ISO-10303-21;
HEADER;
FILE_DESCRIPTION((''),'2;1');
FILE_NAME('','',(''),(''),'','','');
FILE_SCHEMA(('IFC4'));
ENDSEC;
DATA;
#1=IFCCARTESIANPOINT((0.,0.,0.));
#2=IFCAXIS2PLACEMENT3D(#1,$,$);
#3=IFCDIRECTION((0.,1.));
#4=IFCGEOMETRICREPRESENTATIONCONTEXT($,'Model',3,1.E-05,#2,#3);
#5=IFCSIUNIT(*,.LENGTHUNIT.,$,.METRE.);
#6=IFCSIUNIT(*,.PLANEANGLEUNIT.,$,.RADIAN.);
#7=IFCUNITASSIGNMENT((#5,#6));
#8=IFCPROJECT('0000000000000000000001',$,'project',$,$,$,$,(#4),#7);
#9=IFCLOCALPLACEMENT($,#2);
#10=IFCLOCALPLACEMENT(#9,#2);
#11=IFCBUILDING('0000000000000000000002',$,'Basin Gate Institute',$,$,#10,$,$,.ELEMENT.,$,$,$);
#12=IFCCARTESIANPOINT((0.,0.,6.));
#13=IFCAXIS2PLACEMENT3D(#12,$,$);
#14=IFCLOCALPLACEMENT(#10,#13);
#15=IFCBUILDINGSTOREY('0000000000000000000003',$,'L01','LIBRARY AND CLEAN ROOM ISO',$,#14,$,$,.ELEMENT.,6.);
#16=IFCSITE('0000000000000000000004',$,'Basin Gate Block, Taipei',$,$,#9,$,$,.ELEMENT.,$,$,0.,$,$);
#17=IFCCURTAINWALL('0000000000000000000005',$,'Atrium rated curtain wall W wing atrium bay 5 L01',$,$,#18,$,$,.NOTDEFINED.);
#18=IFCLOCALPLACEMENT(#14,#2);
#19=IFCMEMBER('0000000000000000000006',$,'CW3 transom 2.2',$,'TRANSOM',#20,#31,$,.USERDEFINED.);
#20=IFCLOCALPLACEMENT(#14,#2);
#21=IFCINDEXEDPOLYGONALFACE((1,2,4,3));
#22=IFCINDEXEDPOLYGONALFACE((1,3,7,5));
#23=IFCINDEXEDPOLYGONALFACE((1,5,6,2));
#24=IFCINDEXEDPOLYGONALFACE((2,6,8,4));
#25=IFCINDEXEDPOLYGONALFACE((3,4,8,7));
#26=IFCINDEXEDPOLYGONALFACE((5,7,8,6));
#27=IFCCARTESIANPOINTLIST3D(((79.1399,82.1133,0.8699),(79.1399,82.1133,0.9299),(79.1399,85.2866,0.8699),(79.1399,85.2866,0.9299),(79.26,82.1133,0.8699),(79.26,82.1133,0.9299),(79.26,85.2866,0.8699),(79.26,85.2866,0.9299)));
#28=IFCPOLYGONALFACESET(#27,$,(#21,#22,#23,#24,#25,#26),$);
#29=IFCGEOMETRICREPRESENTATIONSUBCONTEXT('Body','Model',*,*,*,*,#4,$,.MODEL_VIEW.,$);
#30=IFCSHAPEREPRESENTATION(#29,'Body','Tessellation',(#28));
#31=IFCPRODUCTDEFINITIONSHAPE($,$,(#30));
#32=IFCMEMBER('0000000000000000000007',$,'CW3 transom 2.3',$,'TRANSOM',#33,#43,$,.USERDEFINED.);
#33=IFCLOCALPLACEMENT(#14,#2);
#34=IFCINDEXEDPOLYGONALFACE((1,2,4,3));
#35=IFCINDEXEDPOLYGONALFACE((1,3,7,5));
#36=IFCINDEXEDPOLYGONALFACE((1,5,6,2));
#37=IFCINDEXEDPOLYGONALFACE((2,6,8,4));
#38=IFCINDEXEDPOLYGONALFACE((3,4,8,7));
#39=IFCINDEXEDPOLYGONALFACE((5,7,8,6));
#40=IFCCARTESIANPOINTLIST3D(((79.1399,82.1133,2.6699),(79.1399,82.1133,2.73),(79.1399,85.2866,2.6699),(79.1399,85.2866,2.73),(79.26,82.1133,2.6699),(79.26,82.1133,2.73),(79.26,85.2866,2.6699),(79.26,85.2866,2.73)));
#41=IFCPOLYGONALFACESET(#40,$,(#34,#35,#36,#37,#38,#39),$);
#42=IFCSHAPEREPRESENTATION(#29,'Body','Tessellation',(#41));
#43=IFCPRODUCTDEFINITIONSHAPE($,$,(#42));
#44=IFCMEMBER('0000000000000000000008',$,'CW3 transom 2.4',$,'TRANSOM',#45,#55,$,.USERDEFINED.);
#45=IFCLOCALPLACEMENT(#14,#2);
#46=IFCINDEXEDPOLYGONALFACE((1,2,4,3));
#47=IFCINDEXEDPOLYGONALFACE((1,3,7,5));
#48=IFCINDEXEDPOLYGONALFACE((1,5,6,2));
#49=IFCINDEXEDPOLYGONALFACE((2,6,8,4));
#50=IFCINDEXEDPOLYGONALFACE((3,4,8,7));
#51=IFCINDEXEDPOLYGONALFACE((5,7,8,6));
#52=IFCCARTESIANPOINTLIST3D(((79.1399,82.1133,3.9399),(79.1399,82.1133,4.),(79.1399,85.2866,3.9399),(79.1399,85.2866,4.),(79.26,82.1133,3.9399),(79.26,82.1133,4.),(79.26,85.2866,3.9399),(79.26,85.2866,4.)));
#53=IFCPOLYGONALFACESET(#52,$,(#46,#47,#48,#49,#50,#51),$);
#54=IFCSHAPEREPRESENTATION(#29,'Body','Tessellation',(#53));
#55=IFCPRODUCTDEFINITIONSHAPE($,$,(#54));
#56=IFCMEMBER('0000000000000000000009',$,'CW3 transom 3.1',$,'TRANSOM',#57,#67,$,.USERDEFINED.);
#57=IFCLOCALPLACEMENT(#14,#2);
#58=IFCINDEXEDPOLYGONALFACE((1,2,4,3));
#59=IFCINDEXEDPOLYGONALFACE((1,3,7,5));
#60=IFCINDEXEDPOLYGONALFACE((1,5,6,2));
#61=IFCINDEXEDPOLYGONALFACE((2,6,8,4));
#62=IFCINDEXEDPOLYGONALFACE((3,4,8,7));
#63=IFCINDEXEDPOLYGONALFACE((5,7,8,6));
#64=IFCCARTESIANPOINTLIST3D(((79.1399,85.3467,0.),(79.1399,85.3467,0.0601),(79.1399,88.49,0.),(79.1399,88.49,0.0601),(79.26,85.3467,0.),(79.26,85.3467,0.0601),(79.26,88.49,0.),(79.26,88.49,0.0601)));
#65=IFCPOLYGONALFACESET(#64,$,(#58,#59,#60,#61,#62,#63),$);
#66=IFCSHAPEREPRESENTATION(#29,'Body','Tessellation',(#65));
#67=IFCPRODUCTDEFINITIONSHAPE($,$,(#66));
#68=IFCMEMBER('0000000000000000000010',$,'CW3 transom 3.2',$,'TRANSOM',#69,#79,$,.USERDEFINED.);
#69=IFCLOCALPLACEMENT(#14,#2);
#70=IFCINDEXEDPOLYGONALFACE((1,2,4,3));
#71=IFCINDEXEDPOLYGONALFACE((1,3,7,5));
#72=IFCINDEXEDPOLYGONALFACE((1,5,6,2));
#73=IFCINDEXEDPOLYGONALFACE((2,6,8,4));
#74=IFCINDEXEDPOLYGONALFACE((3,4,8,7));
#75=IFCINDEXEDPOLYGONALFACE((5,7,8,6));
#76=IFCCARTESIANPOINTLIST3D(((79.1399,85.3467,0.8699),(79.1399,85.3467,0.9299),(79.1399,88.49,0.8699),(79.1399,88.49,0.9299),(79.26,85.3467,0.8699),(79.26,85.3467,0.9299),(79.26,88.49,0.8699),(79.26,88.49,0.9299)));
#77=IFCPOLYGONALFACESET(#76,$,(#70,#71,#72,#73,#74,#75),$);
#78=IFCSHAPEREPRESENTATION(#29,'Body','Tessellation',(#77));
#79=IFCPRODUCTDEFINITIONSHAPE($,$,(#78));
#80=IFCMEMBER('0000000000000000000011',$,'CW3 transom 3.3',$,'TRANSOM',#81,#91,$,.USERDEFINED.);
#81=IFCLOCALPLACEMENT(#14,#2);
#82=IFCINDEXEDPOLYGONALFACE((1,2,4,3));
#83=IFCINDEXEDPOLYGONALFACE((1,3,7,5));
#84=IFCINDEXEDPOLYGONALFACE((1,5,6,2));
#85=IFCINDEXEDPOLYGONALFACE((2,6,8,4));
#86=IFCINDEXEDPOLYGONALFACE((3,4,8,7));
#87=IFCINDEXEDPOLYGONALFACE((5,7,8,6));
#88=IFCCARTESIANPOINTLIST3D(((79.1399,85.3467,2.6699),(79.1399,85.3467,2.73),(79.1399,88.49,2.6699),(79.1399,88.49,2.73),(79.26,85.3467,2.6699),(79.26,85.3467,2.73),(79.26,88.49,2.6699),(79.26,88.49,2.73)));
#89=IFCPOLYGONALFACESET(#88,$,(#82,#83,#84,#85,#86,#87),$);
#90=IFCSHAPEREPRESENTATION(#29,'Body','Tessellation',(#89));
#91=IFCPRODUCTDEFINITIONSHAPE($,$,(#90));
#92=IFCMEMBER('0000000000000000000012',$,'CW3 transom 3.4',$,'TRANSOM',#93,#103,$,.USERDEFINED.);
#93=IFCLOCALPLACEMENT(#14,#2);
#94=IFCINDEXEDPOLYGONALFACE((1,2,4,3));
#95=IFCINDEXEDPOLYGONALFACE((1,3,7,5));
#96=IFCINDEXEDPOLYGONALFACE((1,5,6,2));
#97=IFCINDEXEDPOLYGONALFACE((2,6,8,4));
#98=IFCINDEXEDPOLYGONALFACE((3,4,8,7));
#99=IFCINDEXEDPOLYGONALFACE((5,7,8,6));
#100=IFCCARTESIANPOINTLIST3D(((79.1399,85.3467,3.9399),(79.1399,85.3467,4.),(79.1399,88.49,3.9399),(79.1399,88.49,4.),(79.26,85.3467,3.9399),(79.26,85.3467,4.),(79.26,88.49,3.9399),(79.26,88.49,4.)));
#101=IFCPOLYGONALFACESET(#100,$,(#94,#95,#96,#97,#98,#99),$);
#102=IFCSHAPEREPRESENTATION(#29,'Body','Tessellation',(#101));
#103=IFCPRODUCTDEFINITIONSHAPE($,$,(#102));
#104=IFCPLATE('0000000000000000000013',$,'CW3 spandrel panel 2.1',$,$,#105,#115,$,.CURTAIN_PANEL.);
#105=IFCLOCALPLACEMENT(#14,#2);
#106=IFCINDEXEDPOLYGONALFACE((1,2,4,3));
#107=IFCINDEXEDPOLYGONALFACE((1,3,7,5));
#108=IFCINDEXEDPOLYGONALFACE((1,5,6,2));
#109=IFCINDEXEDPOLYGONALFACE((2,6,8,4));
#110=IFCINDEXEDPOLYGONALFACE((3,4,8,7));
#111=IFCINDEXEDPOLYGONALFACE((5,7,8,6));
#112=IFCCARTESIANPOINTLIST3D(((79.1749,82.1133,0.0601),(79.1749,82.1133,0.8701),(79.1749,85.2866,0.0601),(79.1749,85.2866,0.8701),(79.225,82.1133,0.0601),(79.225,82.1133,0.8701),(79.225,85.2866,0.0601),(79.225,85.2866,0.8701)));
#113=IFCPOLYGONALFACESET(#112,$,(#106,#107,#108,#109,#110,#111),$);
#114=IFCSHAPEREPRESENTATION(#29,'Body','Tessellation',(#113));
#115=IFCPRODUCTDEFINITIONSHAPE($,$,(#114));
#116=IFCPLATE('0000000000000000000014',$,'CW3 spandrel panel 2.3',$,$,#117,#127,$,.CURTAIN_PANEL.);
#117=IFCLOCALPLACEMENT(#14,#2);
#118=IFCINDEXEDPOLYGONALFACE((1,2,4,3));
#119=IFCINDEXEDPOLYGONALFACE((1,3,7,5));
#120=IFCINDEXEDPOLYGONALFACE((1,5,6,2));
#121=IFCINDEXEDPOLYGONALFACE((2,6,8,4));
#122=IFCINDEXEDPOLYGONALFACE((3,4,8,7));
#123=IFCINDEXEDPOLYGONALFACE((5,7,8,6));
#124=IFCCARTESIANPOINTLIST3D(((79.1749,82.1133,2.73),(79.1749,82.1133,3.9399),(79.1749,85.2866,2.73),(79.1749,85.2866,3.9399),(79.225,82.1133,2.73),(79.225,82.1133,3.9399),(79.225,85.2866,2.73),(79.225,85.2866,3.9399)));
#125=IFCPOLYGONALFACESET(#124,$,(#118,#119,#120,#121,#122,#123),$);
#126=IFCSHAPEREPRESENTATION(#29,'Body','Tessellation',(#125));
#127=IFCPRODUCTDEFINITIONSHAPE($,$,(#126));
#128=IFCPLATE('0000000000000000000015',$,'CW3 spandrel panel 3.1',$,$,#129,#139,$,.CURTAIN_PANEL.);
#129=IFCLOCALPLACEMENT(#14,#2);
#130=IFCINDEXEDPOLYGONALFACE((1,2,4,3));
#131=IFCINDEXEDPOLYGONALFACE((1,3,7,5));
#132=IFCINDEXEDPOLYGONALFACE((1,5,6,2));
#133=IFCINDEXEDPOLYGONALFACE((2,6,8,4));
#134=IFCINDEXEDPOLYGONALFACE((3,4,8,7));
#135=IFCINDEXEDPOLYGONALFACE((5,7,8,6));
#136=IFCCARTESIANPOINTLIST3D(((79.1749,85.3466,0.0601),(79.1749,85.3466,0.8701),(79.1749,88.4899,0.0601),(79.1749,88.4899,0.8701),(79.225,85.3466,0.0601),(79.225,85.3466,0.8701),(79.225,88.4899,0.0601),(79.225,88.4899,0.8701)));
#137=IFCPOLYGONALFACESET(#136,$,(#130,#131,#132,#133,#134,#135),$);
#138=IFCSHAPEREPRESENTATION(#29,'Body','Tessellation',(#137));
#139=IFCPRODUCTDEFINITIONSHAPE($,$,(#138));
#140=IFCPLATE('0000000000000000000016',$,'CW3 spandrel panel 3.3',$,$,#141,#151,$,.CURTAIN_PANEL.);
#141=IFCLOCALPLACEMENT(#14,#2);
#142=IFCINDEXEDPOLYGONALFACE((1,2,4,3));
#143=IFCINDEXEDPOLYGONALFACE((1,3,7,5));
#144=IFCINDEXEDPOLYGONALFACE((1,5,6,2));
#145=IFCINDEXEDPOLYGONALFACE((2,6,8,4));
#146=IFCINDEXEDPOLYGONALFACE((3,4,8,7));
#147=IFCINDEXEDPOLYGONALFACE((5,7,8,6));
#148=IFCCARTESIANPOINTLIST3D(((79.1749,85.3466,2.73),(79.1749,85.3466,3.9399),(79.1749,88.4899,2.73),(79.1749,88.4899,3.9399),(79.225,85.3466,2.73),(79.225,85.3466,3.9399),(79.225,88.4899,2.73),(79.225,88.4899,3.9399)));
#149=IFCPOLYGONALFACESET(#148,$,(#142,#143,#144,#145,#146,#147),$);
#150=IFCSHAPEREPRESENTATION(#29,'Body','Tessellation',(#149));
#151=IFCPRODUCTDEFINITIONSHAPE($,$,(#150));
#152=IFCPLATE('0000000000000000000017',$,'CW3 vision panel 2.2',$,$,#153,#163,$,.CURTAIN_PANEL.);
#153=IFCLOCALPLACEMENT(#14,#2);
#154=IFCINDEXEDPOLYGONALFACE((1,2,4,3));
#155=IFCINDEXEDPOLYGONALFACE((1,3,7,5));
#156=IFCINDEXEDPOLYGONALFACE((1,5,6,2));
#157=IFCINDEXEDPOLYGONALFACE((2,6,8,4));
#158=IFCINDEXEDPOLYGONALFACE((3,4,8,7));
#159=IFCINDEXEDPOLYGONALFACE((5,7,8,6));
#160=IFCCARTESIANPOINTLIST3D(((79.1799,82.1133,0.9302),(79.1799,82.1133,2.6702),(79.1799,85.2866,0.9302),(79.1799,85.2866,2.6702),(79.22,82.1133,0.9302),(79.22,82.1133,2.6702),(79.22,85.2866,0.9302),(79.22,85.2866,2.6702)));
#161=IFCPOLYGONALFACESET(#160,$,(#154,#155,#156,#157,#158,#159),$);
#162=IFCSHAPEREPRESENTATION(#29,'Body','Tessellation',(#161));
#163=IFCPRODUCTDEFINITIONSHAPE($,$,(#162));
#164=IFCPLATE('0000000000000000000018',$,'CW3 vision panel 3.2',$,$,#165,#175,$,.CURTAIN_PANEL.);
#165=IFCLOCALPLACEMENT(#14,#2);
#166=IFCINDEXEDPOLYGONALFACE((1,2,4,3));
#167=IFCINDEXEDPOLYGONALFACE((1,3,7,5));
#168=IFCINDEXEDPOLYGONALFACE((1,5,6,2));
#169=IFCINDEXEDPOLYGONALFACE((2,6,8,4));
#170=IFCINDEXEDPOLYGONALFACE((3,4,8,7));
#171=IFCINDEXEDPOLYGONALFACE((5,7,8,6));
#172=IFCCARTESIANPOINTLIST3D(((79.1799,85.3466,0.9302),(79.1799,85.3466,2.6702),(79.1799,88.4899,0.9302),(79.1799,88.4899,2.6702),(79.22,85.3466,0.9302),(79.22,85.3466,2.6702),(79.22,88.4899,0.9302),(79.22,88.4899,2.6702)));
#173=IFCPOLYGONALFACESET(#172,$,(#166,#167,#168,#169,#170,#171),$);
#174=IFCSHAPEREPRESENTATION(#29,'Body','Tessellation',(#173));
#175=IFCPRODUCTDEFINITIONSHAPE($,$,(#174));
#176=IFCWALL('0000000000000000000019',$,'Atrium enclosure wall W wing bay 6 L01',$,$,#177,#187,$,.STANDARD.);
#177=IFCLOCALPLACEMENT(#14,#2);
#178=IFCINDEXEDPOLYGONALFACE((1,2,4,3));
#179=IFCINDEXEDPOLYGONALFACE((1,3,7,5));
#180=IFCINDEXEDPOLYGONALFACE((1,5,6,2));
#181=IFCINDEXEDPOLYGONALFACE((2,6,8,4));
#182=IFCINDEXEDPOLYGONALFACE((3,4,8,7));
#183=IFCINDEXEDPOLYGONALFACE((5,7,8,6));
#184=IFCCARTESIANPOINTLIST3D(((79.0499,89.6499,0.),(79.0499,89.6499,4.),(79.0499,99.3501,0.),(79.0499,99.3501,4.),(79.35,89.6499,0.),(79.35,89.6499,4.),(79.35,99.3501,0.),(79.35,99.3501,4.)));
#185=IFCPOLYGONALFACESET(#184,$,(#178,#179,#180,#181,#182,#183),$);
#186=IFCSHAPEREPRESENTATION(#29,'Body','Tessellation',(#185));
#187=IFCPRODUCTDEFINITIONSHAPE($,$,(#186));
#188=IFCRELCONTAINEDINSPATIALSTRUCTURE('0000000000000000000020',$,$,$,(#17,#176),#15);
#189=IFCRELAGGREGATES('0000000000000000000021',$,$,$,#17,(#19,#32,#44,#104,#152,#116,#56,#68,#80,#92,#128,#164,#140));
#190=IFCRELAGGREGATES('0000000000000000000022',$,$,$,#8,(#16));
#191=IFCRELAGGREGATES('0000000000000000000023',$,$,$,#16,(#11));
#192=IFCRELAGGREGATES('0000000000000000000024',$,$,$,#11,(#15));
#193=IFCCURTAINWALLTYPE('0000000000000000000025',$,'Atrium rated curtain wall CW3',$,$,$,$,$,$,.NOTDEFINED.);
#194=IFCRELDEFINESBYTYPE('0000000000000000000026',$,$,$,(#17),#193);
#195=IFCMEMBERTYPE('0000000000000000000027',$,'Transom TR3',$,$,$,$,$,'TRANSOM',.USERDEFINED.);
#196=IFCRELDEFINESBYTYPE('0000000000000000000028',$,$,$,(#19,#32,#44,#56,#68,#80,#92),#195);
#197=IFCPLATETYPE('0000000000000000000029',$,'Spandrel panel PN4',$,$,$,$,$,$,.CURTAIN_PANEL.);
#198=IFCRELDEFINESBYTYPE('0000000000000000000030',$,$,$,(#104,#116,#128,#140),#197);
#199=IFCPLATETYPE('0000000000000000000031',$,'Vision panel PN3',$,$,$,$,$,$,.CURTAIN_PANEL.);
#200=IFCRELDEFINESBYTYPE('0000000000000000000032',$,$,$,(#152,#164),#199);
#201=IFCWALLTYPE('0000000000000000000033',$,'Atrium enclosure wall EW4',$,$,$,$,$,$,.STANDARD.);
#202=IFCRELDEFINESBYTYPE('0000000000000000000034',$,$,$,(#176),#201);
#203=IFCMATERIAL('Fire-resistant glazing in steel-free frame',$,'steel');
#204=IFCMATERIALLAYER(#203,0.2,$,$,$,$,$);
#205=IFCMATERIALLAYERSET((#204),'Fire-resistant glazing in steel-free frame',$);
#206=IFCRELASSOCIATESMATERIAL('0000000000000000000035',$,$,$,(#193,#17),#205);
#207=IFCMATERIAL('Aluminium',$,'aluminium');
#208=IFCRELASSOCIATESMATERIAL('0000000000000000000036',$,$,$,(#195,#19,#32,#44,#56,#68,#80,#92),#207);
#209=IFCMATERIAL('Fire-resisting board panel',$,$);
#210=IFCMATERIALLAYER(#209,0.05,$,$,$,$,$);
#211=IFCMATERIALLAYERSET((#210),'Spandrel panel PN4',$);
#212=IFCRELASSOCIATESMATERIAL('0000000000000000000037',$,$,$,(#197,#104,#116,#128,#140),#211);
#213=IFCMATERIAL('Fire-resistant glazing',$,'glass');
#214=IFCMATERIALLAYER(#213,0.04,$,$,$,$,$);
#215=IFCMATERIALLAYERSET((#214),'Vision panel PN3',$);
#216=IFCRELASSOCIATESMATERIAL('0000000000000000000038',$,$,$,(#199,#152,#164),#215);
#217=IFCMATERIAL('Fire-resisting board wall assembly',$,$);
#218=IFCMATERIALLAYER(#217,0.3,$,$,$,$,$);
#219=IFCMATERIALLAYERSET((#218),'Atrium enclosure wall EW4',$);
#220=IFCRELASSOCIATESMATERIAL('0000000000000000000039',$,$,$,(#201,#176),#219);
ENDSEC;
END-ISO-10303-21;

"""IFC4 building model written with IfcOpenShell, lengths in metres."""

from ifc_helpers import new_model, si_unit, direction, frame, frame_2d, origin, origin_2d, place, context, subcontext, project, spatial, rectangle, extrude, material, layer, layer_set, material_profile, profile_set, type_object, element, aggregate, save


model = new_model("IFC4")

# Units and contexts
model_context = context("Model", 3, precision=1e-05, world=origin(), true_north=direction((0.0, 1.0)))
body_context = subcontext(model_context, "Body", "Model", "MODEL_VIEW")
ifc_project = project(units=[si_unit("LENGTHUNIT", "METRE"), si_unit("PLANEANGLEUNIT", "RADIAN")], contexts=[model_context])

# Site, building, storey
site_placement = place(None, origin())
site = spatial("IfcSite", under=ifc_project, at=site_placement, Name="Basin Gate Block, Taipei", CompositionType="ELEMENT", RefElevation=0.0)
building_placement = place(site_placement, origin())
building = spatial("IfcBuilding", under=site, at=building_placement, Name="Basin Gate Institute", CompositionType="ELEMENT")
storey_placement = place(building_placement, frame((0.0, 0.0, 6.0)))
storey = spatial("IfcBuildingStorey", under=building, at=storey_placement, Name="L01", Description="LIBRARY AND CLEAN ROOM ISO", CompositionType="ELEMENT", Elevation=6.0)

# Curtain wall
ifc_material_1 = material(Name="Fire-resistant glazing in steel-free frame", Category="steel")
ifc_layer_1 = layer(ifc_material_1, 0.2)
ifc_layer_set_1 = layer_set([ifc_layer_1], Name="Fire-resistant glazing in steel-free frame")
curtain_wall_type = type_object("IfcCurtainWallType", Name="Atrium rated curtain wall CW3", PredefinedType="NOTDEFINED", material=ifc_layer_set_1)
curtain_wall_placement = place(storey_placement, origin())
curtain_wall = element("IfcCurtainWall", 1, at=curtain_wall_placement, inside=storey, type_object=curtain_wall_type, material=ifc_layer_set_1, Name="Atrium rated curtain wall W wing atrium bay 5 L01", PredefinedType="NOTDEFINED")

# Members
ifc_material_2 = material(Name="Aluminium", Category="aluminium")
ifc_material_profile_1 = material_profile(ifc_material_2, rectangle(XDim=0.1201, YDim=0.0601, at=origin_2d()), Name="Transom TR3 120 x 60")
ifc_profile_set_1 = profile_set([ifc_material_profile_1], Name="Aluminium")
member_type_1 = type_object("IfcMemberType", Name="Transom TR3", ElementType="TRANSOM", PredefinedType="USERDEFINED", material=ifc_profile_set_1)
member_1_placement = place(storey_placement, frame((79.2, 82.1133, 0.8999), z_axis=(0.0, 1.0, 0.0), x_axis=(-1.0, 0.0, 0.0)))
member_1 = element("IfcMember", 2, at=member_1_placement, type_object=member_type_1, material=ifc_profile_set_1, Name="CW3 transom 2.2", ObjectType="TRANSOM", PredefinedType="USERDEFINED", context=body_context, shape_type="SweptSolid", body=[
    extrude(rectangle(XDim=0.1201, YDim=0.0601, at=origin_2d()), origin(), (0.0, 0.0, 1.0), 3.1733),
])
member_2_placement = place(storey_placement, frame((79.2, 82.1133, 2.7), z_axis=(0.0, 1.0, 0.0), x_axis=(-1.0, 0.0, 0.0)))
member_2 = element("IfcMember", 3, at=member_2_placement, type_object=member_type_1, material=ifc_profile_set_1, Name="CW3 transom 2.3", ObjectType="TRANSOM", PredefinedType="USERDEFINED", context=body_context, shape_type="SweptSolid", body=[
    extrude(rectangle(XDim=0.1201, YDim=0.0601, at=origin_2d()), origin(), (0.0, 0.0, 1.0), 3.1733),
])
member_3_placement = place(storey_placement, frame((79.2, 82.1133, 3.97), z_axis=(0.0, 1.0, 0.0), x_axis=(-1.0, 0.0, 0.0)))
member_3 = element("IfcMember", 4, at=member_3_placement, type_object=member_type_1, material=ifc_profile_set_1, Name="CW3 transom 2.4", ObjectType="TRANSOM", PredefinedType="USERDEFINED", context=body_context, shape_type="SweptSolid", body=[
    extrude(rectangle(XDim=0.1201, YDim=0.0601, at=origin_2d()), origin(), (0.0, 0.0, 1.0), 3.1733),
])
member_4_placement = place(storey_placement, frame((79.2, 85.3467, 0.03), z_axis=(0.0, 1.0, 0.0), x_axis=(-1.0, 0.0, 0.0)))
member_4 = element("IfcMember", 5, at=member_4_placement, type_object=member_type_1, material=ifc_profile_set_1, Name="CW3 transom 3.1", ObjectType="TRANSOM", PredefinedType="USERDEFINED", context=body_context, shape_type="SweptSolid", body=[
    extrude(rectangle(XDim=0.1201, YDim=0.0601, at=origin_2d()), origin(), (0.0, 0.0, 1.0), 3.1433),
])
member_5_placement = place(storey_placement, frame((79.2, 85.3467, 0.8999), z_axis=(0.0, 1.0, 0.0), x_axis=(-1.0, 0.0, 0.0)))
member_5 = element("IfcMember", 6, at=member_5_placement, type_object=member_type_1, material=ifc_profile_set_1, Name="CW3 transom 3.2", ObjectType="TRANSOM", PredefinedType="USERDEFINED", context=body_context, shape_type="SweptSolid", body=[
    extrude(rectangle(XDim=0.1201, YDim=0.0601, at=origin_2d()), origin(), (0.0, 0.0, 1.0), 3.1433),
])
member_6_placement = place(storey_placement, frame((79.2, 85.3467, 2.7), z_axis=(0.0, 1.0, 0.0), x_axis=(-1.0, 0.0, 0.0)))
member_6 = element("IfcMember", 7, at=member_6_placement, type_object=member_type_1, material=ifc_profile_set_1, Name="CW3 transom 3.3", ObjectType="TRANSOM", PredefinedType="USERDEFINED", context=body_context, shape_type="SweptSolid", body=[
    extrude(rectangle(XDim=0.1201, YDim=0.0601, at=origin_2d()), origin(), (0.0, 0.0, 1.0), 3.1433),
])
member_7_placement = place(storey_placement, frame((79.2, 85.3467, 3.97), z_axis=(0.0, 1.0, 0.0), x_axis=(-1.0, 0.0, 0.0)))
member_7 = element("IfcMember", 8, at=member_7_placement, type_object=member_type_1, material=ifc_profile_set_1, Name="CW3 transom 3.4", ObjectType="TRANSOM", PredefinedType="USERDEFINED", context=body_context, shape_type="SweptSolid", body=[
    extrude(rectangle(XDim=0.1201, YDim=0.0601, at=origin_2d()), origin(), (0.0, 0.0, 1.0), 3.1433),
])

# Plates
ifc_material_3 = material(Name="Fire-resisting board panel")
ifc_layer_2 = layer(ifc_material_3, 0.05)
ifc_layer_set_2 = layer_set([ifc_layer_2], Name="Spandrel panel PN4")
plate_type_1 = type_object("IfcPlateType", Name="Spandrel panel PN4", PredefinedType="CURTAIN_PANEL", material=ifc_layer_set_2)
plate_1_placement = place(storey_placement, frame((79.2, 83.7, 0.0601), z_axis=(0.0, 0.0, 1.0), x_axis=(0.0, 1.0, 0.0)))
plate_1 = element("IfcPlate", 9, at=plate_1_placement, type_object=plate_type_1, material=ifc_layer_set_2, Name="CW3 spandrel panel 2.1", PredefinedType="CURTAIN_PANEL", context=body_context, shape_type="SweptSolid", body=[
    extrude(rectangle(XDim=3.1733, YDim=0.05, at=origin_2d()), origin(), (0.0, 0.0, 1.0), 0.8101),
])
plate_2_placement = place(storey_placement, frame((79.2, 83.7, 2.73), z_axis=(0.0, 0.0, 1.0), x_axis=(0.0, 1.0, 0.0)))
plate_2 = element("IfcPlate", 10, at=plate_2_placement, type_object=plate_type_1, material=ifc_layer_set_2, Name="CW3 spandrel panel 2.3", PredefinedType="CURTAIN_PANEL", context=body_context, shape_type="SweptSolid", body=[
    extrude(rectangle(XDim=3.1733, YDim=0.05, at=origin_2d()), origin(), (0.0, 0.0, 1.0), 1.21),
])
plate_3_placement = place(storey_placement, frame((79.2, 86.9182, 0.0601), z_axis=(0.0, 0.0, 1.0), x_axis=(0.0, 1.0, 0.0)))
plate_3 = element("IfcPlate", 11, at=plate_3_placement, type_object=plate_type_1, material=ifc_layer_set_2, Name="CW3 spandrel panel 3.1", PredefinedType="CURTAIN_PANEL", context=body_context, shape_type="SweptSolid", body=[
    extrude(rectangle(XDim=3.1433, YDim=0.05, at=origin_2d()), origin(), (0.0, 0.0, 1.0), 0.8101),
])
plate_4_placement = place(storey_placement, frame((79.2, 86.9182, 2.73), z_axis=(0.0, 0.0, 1.0), x_axis=(0.0, 1.0, 0.0)))
plate_4 = element("IfcPlate", 12, at=plate_4_placement, type_object=plate_type_1, material=ifc_layer_set_2, Name="CW3 spandrel panel 3.3", PredefinedType="CURTAIN_PANEL", context=body_context, shape_type="SweptSolid", body=[
    extrude(rectangle(XDim=3.1433, YDim=0.05, at=origin_2d()), origin(), (0.0, 0.0, 1.0), 1.21),
])
ifc_material_4 = material(Name="Fire-resistant glazing", Category="glass")
ifc_layer_3 = layer(ifc_material_4, 0.04)
ifc_layer_set_3 = layer_set([ifc_layer_3], Name="Vision panel PN3")
plate_type_2 = type_object("IfcPlateType", Name="Vision panel PN3", PredefinedType="CURTAIN_PANEL", material=ifc_layer_set_3)
plate_5_placement = place(storey_placement, frame((79.2, 83.7, 0.9302), z_axis=(0.0, 0.0, 1.0), x_axis=(0.0, 1.0, 0.0)))
plate_5 = element("IfcPlate", 13, at=plate_5_placement, type_object=plate_type_2, material=ifc_layer_set_3, Name="CW3 vision panel 2.2", PredefinedType="CURTAIN_PANEL", context=body_context, shape_type="SweptSolid", body=[
    extrude(rectangle(XDim=3.1733, YDim=0.04, at=origin_2d()), origin(), (0.0, 0.0, 1.0), 1.74),
])
plate_6_placement = place(storey_placement, frame((79.2, 86.9182, 0.9302), z_axis=(0.0, 0.0, 1.0), x_axis=(0.0, 1.0, 0.0)))
plate_6 = element("IfcPlate", 14, at=plate_6_placement, type_object=plate_type_2, material=ifc_layer_set_3, Name="CW3 vision panel 3.2", PredefinedType="CURTAIN_PANEL", context=body_context, shape_type="SweptSolid", body=[
    extrude(rectangle(XDim=3.1433, YDim=0.04, at=origin_2d()), origin(), (0.0, 0.0, 1.0), 1.74),
])
aggregate(curtain_wall, [member_1, member_2, member_3, plate_1, plate_5, plate_2, member_4, member_5, member_6, member_7, plate_3, plate_6, plate_4])

# Wall
ifc_material_5 = material(Name="Fire-resisting board wall assembly")
ifc_layer_4 = layer(ifc_material_5, 0.3)
ifc_layer_set_4 = layer_set([ifc_layer_4], Name="Atrium enclosure wall EW4")
wall_type_1 = type_object("IfcWallType", Name="Atrium enclosure wall EW4", PredefinedType="STANDARD", material=ifc_layer_set_4)
wall_1_placement = place(storey_placement, frame((79.2, 89.6499, 0.0), z_axis=(0.0, 0.0, 1.0), x_axis=(0.0, 1.0, 0.0)))
element("IfcWall", 15, at=wall_1_placement, inside=storey, type_object=wall_type_1, material=ifc_layer_set_4, Name="Atrium enclosure wall W wing bay 6 L01", PredefinedType="STANDARD", context=body_context, shape_type="SweptSolid", body=[
    extrude(rectangle(XDim=9.7002, YDim=0.3, at=frame_2d((4.8501, 0.0))), origin(), (0.0, 0.0, 1.0), 4.0),
])

save(model, "model.ifc")
